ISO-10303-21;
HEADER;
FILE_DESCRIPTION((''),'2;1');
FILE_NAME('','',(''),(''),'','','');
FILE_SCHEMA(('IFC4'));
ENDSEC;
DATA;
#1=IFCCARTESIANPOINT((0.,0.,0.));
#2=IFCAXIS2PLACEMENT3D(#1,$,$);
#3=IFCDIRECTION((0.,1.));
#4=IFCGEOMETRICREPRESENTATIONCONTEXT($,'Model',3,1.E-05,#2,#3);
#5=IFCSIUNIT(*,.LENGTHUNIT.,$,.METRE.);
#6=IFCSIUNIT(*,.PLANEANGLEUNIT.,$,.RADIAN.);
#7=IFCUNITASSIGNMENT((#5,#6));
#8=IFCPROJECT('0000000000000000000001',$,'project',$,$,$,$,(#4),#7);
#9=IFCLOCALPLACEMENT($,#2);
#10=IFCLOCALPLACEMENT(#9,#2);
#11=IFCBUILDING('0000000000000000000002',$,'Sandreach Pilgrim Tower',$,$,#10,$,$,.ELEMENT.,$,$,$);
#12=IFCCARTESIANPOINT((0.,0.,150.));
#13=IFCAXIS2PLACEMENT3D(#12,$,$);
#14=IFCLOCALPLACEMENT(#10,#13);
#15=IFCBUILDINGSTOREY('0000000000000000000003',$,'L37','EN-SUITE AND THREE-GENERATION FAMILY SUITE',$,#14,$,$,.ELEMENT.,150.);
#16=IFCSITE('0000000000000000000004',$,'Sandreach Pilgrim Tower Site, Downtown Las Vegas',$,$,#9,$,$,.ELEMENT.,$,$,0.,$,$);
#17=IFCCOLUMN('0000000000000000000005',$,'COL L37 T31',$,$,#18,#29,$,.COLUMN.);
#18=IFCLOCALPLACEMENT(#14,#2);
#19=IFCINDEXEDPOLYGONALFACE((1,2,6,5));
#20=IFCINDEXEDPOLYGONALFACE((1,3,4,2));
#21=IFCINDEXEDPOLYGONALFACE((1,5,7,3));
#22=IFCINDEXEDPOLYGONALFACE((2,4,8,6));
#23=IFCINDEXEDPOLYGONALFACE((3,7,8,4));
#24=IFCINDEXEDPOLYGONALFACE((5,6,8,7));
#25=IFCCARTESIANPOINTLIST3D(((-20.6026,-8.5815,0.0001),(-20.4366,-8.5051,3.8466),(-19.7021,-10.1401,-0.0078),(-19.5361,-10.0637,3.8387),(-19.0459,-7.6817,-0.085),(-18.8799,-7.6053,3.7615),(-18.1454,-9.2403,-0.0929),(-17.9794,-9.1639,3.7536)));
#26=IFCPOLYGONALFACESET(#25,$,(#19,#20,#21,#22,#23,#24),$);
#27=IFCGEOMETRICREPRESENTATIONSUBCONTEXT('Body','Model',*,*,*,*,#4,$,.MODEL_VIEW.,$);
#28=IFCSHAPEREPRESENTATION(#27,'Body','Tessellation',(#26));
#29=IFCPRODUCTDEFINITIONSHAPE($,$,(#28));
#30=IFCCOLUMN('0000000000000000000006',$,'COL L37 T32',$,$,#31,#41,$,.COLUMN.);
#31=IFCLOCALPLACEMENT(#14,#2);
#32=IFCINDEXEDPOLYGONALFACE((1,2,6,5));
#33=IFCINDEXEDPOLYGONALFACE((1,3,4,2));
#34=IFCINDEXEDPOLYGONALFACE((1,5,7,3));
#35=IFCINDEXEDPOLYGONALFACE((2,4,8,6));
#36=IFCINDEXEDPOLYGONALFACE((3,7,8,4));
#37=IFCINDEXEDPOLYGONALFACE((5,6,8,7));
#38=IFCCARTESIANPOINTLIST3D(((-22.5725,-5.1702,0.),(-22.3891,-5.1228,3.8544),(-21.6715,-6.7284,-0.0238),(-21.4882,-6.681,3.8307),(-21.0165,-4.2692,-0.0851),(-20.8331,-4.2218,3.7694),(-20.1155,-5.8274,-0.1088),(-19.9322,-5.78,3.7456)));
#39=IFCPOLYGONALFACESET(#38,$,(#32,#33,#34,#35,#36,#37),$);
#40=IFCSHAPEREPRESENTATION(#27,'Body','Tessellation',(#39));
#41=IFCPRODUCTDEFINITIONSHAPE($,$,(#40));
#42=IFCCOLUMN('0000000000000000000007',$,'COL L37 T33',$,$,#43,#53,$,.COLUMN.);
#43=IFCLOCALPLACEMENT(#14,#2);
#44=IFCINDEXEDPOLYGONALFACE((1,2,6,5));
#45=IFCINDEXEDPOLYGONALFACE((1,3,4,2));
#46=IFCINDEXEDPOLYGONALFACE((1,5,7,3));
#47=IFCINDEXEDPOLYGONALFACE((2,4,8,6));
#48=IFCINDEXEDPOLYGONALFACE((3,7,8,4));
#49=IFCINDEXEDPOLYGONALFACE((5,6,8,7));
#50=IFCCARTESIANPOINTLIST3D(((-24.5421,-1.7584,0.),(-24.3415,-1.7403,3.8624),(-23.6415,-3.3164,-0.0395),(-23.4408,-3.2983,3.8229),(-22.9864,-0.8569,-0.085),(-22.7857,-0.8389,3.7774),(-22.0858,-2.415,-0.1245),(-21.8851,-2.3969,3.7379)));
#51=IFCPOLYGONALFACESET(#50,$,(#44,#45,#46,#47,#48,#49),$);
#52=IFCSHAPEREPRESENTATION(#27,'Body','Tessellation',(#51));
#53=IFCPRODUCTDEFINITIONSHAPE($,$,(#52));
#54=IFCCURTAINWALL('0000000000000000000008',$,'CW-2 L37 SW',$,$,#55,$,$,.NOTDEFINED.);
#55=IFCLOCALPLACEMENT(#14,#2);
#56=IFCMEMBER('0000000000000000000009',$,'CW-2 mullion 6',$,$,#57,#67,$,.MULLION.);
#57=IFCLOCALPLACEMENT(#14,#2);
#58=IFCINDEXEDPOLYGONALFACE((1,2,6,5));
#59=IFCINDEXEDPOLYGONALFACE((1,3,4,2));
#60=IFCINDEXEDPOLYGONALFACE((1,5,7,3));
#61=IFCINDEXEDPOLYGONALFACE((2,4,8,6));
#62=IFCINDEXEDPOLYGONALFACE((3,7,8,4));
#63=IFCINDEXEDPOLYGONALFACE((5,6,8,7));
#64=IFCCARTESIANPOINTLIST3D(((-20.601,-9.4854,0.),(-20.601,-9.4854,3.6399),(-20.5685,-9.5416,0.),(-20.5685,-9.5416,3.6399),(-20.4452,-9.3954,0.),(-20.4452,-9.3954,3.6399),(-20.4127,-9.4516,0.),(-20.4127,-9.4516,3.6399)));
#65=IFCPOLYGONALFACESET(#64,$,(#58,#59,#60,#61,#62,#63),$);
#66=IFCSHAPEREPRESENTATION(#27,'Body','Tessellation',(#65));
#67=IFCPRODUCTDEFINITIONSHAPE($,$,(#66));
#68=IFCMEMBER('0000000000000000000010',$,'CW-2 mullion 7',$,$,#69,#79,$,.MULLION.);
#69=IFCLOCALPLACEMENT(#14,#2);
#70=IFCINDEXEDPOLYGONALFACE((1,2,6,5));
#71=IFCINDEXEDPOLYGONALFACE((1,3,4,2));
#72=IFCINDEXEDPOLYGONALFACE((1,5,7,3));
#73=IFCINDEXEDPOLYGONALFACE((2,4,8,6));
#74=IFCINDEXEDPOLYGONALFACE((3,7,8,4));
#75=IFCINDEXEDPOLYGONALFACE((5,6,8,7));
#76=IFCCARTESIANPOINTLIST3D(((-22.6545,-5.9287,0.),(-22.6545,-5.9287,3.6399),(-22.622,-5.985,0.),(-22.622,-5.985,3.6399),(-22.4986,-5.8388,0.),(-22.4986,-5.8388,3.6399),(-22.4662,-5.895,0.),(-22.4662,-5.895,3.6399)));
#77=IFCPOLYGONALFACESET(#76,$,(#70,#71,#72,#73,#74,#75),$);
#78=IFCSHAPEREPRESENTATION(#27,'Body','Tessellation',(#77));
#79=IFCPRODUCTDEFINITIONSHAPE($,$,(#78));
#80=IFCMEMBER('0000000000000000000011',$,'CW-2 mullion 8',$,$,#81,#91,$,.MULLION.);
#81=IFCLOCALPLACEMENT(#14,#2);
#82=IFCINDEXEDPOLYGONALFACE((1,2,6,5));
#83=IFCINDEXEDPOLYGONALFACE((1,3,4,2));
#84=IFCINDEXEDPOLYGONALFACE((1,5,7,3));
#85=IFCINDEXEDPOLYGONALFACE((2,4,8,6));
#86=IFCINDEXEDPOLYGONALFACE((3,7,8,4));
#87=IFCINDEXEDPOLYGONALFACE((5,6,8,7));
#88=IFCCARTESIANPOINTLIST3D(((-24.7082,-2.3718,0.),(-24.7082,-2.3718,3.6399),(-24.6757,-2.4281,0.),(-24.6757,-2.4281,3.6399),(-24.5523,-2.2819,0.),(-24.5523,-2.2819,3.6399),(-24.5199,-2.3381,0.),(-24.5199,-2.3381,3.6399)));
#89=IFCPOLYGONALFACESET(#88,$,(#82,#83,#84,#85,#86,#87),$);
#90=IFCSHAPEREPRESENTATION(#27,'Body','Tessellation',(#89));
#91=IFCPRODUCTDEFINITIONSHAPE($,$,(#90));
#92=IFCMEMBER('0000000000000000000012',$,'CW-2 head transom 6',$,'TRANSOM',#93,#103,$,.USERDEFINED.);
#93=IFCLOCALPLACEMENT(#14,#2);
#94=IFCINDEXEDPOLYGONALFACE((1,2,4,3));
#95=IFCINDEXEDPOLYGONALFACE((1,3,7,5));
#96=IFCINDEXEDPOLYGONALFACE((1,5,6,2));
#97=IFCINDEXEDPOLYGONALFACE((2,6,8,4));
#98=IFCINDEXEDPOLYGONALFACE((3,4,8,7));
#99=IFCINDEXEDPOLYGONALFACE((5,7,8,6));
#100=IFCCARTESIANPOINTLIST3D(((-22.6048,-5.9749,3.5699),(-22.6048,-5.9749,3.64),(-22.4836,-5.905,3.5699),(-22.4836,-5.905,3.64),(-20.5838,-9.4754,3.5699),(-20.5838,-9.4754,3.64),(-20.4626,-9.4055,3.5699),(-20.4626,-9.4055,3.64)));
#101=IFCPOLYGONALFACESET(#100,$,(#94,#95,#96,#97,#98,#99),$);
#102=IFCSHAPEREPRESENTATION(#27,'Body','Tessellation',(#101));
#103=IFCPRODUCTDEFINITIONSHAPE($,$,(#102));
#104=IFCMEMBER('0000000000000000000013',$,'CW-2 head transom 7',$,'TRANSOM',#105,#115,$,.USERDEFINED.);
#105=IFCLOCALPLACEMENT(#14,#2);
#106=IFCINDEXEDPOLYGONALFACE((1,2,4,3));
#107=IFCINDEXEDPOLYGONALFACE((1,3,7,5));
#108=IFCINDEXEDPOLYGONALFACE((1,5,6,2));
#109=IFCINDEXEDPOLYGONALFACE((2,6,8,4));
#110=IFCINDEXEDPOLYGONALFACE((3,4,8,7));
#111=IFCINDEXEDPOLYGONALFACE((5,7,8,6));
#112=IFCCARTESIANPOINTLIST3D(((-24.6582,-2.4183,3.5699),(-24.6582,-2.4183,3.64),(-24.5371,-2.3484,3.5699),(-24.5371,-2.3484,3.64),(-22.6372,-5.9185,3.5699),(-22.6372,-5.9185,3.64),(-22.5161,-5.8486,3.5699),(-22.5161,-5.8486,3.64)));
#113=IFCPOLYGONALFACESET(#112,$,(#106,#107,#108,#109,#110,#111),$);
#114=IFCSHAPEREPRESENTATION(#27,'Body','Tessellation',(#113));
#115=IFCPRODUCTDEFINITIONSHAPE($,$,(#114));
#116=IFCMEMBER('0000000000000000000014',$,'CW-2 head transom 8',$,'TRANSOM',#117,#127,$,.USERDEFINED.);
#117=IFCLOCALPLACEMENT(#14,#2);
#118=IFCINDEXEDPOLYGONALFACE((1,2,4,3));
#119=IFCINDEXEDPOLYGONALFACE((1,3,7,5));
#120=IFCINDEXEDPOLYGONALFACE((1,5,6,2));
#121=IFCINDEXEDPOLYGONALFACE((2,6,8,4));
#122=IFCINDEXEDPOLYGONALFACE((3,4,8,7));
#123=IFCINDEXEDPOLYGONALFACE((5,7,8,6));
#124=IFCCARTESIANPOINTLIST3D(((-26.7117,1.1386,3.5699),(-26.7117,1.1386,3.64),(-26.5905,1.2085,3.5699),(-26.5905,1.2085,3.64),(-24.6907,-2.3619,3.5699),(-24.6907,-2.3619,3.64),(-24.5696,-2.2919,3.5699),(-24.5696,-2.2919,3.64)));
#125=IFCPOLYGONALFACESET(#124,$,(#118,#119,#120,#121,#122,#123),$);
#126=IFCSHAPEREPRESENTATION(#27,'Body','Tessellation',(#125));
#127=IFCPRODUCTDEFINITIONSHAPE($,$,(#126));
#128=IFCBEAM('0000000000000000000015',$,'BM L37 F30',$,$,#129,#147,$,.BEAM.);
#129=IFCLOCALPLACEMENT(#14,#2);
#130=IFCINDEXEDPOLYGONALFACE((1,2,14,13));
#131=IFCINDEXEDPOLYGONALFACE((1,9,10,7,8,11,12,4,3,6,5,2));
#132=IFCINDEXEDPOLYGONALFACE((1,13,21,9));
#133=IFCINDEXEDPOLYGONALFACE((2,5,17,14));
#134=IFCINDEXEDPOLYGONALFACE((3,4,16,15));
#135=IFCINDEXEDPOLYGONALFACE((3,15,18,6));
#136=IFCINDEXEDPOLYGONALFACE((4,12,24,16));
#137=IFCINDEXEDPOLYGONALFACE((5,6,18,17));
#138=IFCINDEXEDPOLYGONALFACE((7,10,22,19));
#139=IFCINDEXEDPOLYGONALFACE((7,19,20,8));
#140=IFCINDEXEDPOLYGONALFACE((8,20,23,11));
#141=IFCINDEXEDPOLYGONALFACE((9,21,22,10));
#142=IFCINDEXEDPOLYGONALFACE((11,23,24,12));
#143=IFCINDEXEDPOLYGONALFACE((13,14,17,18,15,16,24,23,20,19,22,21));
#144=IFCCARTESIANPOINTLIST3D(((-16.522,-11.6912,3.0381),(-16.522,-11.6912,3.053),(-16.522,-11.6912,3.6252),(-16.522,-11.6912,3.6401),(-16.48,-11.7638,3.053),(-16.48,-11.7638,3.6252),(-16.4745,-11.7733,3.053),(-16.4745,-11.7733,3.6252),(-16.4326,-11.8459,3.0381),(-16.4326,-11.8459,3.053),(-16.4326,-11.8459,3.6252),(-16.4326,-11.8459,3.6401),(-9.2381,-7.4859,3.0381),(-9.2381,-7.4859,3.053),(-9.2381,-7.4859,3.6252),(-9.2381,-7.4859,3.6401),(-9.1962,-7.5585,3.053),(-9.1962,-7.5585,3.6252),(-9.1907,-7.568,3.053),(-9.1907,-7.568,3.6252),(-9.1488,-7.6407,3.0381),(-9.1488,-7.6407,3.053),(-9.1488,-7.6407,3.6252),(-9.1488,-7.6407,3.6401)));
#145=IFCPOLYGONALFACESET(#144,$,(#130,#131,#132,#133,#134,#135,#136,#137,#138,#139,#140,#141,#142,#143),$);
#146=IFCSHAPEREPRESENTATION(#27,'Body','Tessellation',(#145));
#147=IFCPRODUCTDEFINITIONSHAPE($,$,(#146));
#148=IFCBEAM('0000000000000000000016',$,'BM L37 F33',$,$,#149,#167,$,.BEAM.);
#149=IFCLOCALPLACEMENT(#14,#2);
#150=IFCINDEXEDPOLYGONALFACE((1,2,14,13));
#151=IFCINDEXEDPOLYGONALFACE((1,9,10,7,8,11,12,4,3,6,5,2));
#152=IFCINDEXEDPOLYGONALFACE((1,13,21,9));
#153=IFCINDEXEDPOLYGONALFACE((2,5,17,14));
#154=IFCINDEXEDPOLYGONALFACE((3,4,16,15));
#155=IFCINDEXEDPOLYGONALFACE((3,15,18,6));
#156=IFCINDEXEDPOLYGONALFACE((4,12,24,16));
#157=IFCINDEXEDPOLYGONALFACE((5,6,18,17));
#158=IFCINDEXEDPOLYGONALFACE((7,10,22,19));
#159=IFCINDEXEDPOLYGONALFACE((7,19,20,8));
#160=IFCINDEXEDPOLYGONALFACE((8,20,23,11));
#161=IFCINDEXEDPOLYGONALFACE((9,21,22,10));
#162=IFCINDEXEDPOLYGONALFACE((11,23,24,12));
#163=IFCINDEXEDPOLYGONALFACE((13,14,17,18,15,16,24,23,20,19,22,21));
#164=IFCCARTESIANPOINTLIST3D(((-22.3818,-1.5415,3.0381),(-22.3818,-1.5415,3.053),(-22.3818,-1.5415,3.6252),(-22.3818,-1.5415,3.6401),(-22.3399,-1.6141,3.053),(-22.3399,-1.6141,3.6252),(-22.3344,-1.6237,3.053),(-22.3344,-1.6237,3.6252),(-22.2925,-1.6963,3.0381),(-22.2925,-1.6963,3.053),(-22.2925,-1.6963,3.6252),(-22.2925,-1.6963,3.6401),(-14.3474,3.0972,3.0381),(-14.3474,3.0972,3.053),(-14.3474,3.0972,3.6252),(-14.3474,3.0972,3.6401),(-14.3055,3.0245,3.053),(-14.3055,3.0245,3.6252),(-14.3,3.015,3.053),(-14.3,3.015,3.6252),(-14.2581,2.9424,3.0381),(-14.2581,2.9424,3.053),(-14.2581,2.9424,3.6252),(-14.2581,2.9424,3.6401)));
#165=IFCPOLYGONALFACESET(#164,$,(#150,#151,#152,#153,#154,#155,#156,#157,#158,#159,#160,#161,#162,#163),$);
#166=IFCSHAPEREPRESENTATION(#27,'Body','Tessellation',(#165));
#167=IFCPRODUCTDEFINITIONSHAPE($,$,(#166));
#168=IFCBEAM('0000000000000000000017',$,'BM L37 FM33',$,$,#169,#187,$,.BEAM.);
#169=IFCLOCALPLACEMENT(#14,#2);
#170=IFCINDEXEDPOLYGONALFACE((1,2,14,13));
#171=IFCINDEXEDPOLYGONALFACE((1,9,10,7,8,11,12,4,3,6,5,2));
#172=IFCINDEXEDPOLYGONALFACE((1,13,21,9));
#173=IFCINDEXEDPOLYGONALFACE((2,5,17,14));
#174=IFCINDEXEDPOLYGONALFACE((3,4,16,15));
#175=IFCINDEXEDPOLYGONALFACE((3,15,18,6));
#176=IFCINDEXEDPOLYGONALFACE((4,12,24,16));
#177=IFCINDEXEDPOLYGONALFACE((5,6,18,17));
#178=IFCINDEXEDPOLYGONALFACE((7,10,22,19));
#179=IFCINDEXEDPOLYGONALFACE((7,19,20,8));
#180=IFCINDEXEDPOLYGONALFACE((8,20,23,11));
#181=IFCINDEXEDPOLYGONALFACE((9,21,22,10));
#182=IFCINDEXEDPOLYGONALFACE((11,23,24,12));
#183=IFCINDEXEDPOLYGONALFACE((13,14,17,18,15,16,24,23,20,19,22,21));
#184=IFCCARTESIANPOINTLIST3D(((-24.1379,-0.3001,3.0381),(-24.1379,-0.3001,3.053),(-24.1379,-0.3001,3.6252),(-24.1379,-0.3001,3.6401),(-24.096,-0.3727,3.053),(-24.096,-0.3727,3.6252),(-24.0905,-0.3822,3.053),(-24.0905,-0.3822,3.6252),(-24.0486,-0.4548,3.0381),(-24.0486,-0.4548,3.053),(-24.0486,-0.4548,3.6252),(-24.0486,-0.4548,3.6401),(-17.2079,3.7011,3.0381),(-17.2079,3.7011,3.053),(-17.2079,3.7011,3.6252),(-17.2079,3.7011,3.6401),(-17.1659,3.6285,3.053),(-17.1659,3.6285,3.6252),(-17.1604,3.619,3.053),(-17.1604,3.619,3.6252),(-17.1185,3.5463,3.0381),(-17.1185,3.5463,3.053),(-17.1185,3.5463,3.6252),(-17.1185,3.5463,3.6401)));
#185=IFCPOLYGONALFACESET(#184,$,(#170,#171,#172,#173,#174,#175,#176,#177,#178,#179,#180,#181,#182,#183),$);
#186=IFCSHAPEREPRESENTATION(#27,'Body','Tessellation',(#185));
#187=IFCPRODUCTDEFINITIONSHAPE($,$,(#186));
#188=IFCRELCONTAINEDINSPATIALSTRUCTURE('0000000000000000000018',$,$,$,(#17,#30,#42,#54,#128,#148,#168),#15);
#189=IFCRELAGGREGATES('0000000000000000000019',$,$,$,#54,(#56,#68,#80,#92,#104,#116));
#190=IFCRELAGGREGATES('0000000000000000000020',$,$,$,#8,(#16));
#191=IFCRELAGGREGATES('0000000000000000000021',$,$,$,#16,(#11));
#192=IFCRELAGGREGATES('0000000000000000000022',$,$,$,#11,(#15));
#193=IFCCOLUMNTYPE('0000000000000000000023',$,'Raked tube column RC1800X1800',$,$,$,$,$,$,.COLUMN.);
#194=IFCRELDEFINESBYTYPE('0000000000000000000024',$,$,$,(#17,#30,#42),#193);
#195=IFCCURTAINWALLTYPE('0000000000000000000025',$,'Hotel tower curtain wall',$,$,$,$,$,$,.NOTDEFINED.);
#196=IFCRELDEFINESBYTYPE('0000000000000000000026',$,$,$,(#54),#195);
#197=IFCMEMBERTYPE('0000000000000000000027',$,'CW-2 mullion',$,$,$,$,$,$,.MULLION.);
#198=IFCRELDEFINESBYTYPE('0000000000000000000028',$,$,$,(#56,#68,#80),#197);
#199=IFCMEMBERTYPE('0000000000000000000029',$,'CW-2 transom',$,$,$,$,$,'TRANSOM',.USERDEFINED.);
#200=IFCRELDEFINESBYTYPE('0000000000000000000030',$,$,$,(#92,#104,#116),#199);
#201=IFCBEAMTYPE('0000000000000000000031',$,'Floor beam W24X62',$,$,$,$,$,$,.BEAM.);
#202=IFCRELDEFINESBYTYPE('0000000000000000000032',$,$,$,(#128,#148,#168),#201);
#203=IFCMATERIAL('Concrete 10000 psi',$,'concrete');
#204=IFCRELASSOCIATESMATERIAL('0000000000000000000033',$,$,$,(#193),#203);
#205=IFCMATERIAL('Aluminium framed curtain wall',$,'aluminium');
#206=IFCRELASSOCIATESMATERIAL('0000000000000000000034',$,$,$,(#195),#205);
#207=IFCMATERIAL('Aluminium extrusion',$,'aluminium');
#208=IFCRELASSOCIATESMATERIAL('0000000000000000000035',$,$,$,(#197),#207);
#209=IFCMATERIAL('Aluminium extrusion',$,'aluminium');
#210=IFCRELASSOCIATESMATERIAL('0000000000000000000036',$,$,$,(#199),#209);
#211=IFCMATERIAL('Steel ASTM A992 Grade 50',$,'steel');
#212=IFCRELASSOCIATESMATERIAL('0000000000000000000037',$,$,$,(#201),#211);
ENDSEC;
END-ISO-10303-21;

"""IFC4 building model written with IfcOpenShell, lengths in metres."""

from ifc_helpers import new_model, si_unit, direction, frame, origin, origin_2d, place, context, subcontext, project, spatial, rectangle, i_section, extrude, material, material_profile, profile_set, type_object, element, aggregate, save


model = new_model("IFC4")

# Units and contexts
model_context = context("Model", 3, precision=1e-05, world=origin(), true_north=direction((0.0, 1.0)))
body_context = subcontext(model_context, "Body", "Model", "MODEL_VIEW")
ifc_project = project(units=[si_unit("LENGTHUNIT", "METRE"), si_unit("PLANEANGLEUNIT", "RADIAN")], contexts=[model_context])

# Site, building, storey
site_placement = place(None, origin())
site = spatial("IfcSite", under=ifc_project, at=site_placement, Name="Sandreach Pilgrim Tower Site, Downtown Las Vegas", CompositionType="ELEMENT", RefElevation=0.0)
building_placement = place(site_placement, origin())
building = spatial("IfcBuilding", under=site, at=building_placement, Name="Sandreach Pilgrim Tower", CompositionType="ELEMENT")
storey_placement = place(building_placement, frame((0.0, 0.0, 150.0)))
storey = spatial("IfcBuildingStorey", under=building, at=storey_placement, Name="L37", Description="EN-SUITE AND THREE-GENERATION FAMILY SUITE", CompositionType="ELEMENT", Elevation=150.0)

# Columns
ifc_material_1 = material(Name="Concrete 10000 psi", Category="concrete")
ifc_material_profile_1 = material_profile(ifc_material_1, rectangle(XDim=1.8, YDim=1.8, at=origin_2d()), Name="RC1800X1800")
ifc_profile_set_1 = profile_set([ifc_material_profile_1], Name="Concrete 10000 psi")
column_type = type_object("IfcColumnType", Name="Raked tube column RC1800X1800", PredefinedType="COLUMN", material=ifc_profile_set_1)
column_1_placement = place(storey_placement, frame((-19.374, -8.9109, -0.0464), z_axis=(0.043112, 0.019844, 0.998873), x_axis=(-0.864807, -0.499875, 0.047257)))
element("IfcColumn", 1, at=column_1_placement, inside=storey, type_object=column_type, Name="COL L37 T31", PredefinedType="COLUMN", context=body_context, shape_type="SweptSolid", body=[
    extrude(rectangle(XDim=1.8, YDim=1.8, at=origin_2d()), origin(), (0.0, 0.0, 1.0), 3.8508),
])
column_2_placement = place(storey_placement, frame((-21.344, -5.4988, -0.0544), z_axis=(0.04751, 0.012273, 0.998795), x_axis=(-0.864419, -0.500545, 0.047269)))
element("IfcColumn", 2, at=column_2_placement, inside=storey, type_object=column_type, Name="COL L37 T32", PredefinedType="COLUMN", context=body_context, shape_type="SweptSolid", body=[
    extrude(rectangle(XDim=1.8, YDim=1.8, at=origin_2d()), origin(), (0.0, 0.0, 1.0), 3.8591),
])
column_3_placement = place(storey_placement, frame((-23.314, -2.0867, -0.0623), z_axis=(0.051889, 0.004671, 0.998642), x_axis=(-0.86428, -0.500787, 0.04725)))
element("IfcColumn", 3, at=column_3_placement, inside=storey, type_object=column_type, Name="COL L37 T33", PredefinedType="COLUMN", context=body_context, shape_type="SweptSolid", body=[
    extrude(rectangle(XDim=1.8, YDim=1.8, at=origin_2d()), origin(), (0.0, 0.0, 1.0), 3.8677),
])

# Curtain wall, members
ifc_material_2 = material(Name="Aluminium framed curtain wall", Category="aluminium")
curtain_wall_type = type_object("IfcCurtainWallType", Name="Hotel tower curtain wall", PredefinedType="NOTDEFINED", material=ifc_material_2)
curtain_wall_placement = place(storey_placement, origin())
curtain_wall = element("IfcCurtainWall", 4, at=curtain_wall_placement, inside=storey, type_object=curtain_wall_type, Name="CW-2 L37 SW", PredefinedType="NOTDEFINED")
ifc_material_3 = material(Name="Aluminium extrusion", Category="aluminium")
ifc_material_profile_2 = material_profile(ifc_material_3, rectangle(XDim=0.0649, YDim=0.1799, at=origin_2d()), Name="CW-2M 65X180")
ifc_profile_set_2 = profile_set([ifc_material_profile_2], Name="Aluminium extrusion")
member_type_1 = type_object("IfcMemberType", Name="CW-2 mullion", PredefinedType="MULLION", material=ifc_profile_set_2)
member_1_placement = place(storey_placement, frame((-20.5068, -9.4685, 0.0), z_axis=(0.0, 0.0, 1.0), x_axis=(-0.5, 0.866025, 0.0)))
member_1 = element("IfcMember", 5, at=member_1_placement, type_object=member_type_1, Name="CW-2 mullion 6", PredefinedType="MULLION", context=body_context, shape_type="SweptSolid", body=[
    extrude(rectangle(XDim=0.0649, YDim=0.1799, at=origin_2d()), origin(), (0.0, 0.0, 1.0), 3.6399),
])
member_2_placement = place(storey_placement, frame((-22.5603, -5.9119, 0.0), z_axis=(0.0, 0.0, 1.0), x_axis=(-0.5, 0.866025, 0.0)))
member_2 = element("IfcMember", 6, at=member_2_placement, type_object=member_type_1, Name="CW-2 mullion 7", PredefinedType="MULLION", context=body_context, shape_type="SweptSolid", body=[
    extrude(rectangle(XDim=0.0649, YDim=0.1799, at=origin_2d()), origin(), (0.0, 0.0, 1.0), 3.6399),
])
member_3_placement = place(storey_placement, frame((-24.614, -2.355, 0.0), z_axis=(0.0, 0.0, 1.0), x_axis=(-0.5, 0.866025, 0.0)))
member_3 = element("IfcMember", 7, at=member_3_placement, type_object=member_type_1, Name="CW-2 mullion 8", PredefinedType="MULLION", context=body_context, shape_type="SweptSolid", body=[
    extrude(rectangle(XDim=0.0649, YDim=0.1799, at=origin_2d()), origin(), (0.0, 0.0, 1.0), 3.6399),
])
ifc_material_4 = material(Name="Aluminium extrusion", Category="aluminium")
ifc_material_profile_3 = material_profile(ifc_material_4, rectangle(XDim=0.1399, YDim=0.0701, at=origin_2d()), Name="CW-2T 140X70")
ifc_profile_set_3 = profile_set([ifc_material_profile_3], Name="Aluminium extrusion")
member_type_2 = type_object("IfcMemberType", Name="CW-2 transom", ElementType="TRANSOM", PredefinedType="USERDEFINED", material=ifc_profile_set_3)
member_4_placement = place(storey_placement, frame((-20.5232, -9.4404, 3.605), z_axis=(-0.499998, 0.866027, 0.0), x_axis=(-0.866027, -0.499998, 0.0)))
member_4 = element("IfcMember", 8, at=member_4_placement, type_object=member_type_2, Name="CW-2 head transom 6", ObjectType="TRANSOM", PredefinedType="USERDEFINED", context=body_context, shape_type="SweptSolid", body=[
    extrude(rectangle(XDim=0.1399, YDim=0.0701, at=origin_2d()), origin(), (0.0, 0.0, 1.0), 4.042),
])
member_5_placement = place(storey_placement, frame((-22.5767, -5.8835, 3.605), z_axis=(-0.500024, 0.866012, 0.0), x_axis=(-0.866012, -0.500024, 0.0)))
member_5 = element("IfcMember", 9, at=member_5_placement, type_object=member_type_2, Name="CW-2 head transom 7", ObjectType="TRANSOM", PredefinedType="USERDEFINED", context=body_context, shape_type="SweptSolid", body=[
    extrude(rectangle(XDim=0.1399, YDim=0.0701, at=origin_2d()), origin(), (0.0, 0.0, 1.0), 4.0417),
])
member_6_placement = place(storey_placement, frame((-24.6301, -2.3269, 3.605), z_axis=(-0.499998, 0.866027, 0.0), x_axis=(-0.866027, -0.499998, 0.0)))
member_6 = element("IfcMember", 10, at=member_6_placement, type_object=member_type_2, Name="CW-2 head transom 8", ObjectType="TRANSOM", PredefinedType="USERDEFINED", context=body_context, shape_type="SweptSolid", body=[
    extrude(rectangle(XDim=0.1399, YDim=0.0701, at=origin_2d()), origin(), (0.0, 0.0, 1.0), 4.042),
])

# Beams
ifc_material_5 = material(Name="Steel ASTM A992 Grade 50", Category="steel")
ifc_material_profile_4 = material_profile(ifc_material_5, i_section(OverallWidth=0.1787, OverallDepth=0.6021, WebThickness=0.011, FlangeThickness=0.0149, at=origin_2d()), Name="W24X62")
ifc_profile_set_4 = profile_set([ifc_material_profile_4], Name="Steel ASTM A992 Grade 50")
beam_type_1 = type_object("IfcBeamType", Name="Floor beam W24X62", PredefinedType="BEAM", material=ifc_profile_set_4)
beam_1_placement = place(storey_placement, frame((-16.4773, -11.7686, 3.3391), z_axis=(0.866028, 0.499995, 0.0), x_axis=(-0.499995, 0.866028, 0.0)))
element("IfcBeam", 11, at=beam_1_placement, inside=storey, type_object=beam_type_1, Name="BM L37 F30", PredefinedType="BEAM", context=body_context, shape_type="SweptSolid", body=[
    extrude(i_section(OverallWidth=0.1787, OverallDepth=0.6021, WebThickness=0.011, FlangeThickness=0.0149, at=origin_2d()), origin(), (0.0, 0.0, 1.0), 8.4106),
])
beam_2_placement = place(storey_placement, frame((-22.3372, -1.6189, 3.3391), z_axis=(0.866026, 0.5, 0.0), x_axis=(-0.5, 0.866026, 0.0)))
element("IfcBeam", 12, at=beam_2_placement, inside=storey, type_object=beam_type_1, Name="BM L37 F33", PredefinedType="BEAM", context=body_context, shape_type="SweptSolid", body=[
    extrude(i_section(OverallWidth=0.1787, OverallDepth=0.6021, WebThickness=0.011, FlangeThickness=0.0149, at=origin_2d()), origin(), (0.0, 0.0, 1.0), 9.2773),
])
beam_3_placement = place(storey_placement, frame((-24.0933, -0.3774, 3.3391), z_axis=(0.866021, 0.500008, 0.0), x_axis=(-0.500008, 0.866021, 0.0)))
element("IfcBeam", 13, at=beam_3_placement, inside=storey, type_object=beam_type_1, Name="BM L37 FM33", PredefinedType="BEAM", context=body_context, shape_type="SweptSolid", body=[
    extrude(i_section(OverallWidth=0.1787, OverallDepth=0.6021, WebThickness=0.011, FlangeThickness=0.0149, at=origin_2d()), origin(), (0.0, 0.0, 1.0), 8.0022),
])

aggregate(curtain_wall, [member_1, member_2, member_3, member_4, member_5, member_6])

save(model, "model.ifc")
